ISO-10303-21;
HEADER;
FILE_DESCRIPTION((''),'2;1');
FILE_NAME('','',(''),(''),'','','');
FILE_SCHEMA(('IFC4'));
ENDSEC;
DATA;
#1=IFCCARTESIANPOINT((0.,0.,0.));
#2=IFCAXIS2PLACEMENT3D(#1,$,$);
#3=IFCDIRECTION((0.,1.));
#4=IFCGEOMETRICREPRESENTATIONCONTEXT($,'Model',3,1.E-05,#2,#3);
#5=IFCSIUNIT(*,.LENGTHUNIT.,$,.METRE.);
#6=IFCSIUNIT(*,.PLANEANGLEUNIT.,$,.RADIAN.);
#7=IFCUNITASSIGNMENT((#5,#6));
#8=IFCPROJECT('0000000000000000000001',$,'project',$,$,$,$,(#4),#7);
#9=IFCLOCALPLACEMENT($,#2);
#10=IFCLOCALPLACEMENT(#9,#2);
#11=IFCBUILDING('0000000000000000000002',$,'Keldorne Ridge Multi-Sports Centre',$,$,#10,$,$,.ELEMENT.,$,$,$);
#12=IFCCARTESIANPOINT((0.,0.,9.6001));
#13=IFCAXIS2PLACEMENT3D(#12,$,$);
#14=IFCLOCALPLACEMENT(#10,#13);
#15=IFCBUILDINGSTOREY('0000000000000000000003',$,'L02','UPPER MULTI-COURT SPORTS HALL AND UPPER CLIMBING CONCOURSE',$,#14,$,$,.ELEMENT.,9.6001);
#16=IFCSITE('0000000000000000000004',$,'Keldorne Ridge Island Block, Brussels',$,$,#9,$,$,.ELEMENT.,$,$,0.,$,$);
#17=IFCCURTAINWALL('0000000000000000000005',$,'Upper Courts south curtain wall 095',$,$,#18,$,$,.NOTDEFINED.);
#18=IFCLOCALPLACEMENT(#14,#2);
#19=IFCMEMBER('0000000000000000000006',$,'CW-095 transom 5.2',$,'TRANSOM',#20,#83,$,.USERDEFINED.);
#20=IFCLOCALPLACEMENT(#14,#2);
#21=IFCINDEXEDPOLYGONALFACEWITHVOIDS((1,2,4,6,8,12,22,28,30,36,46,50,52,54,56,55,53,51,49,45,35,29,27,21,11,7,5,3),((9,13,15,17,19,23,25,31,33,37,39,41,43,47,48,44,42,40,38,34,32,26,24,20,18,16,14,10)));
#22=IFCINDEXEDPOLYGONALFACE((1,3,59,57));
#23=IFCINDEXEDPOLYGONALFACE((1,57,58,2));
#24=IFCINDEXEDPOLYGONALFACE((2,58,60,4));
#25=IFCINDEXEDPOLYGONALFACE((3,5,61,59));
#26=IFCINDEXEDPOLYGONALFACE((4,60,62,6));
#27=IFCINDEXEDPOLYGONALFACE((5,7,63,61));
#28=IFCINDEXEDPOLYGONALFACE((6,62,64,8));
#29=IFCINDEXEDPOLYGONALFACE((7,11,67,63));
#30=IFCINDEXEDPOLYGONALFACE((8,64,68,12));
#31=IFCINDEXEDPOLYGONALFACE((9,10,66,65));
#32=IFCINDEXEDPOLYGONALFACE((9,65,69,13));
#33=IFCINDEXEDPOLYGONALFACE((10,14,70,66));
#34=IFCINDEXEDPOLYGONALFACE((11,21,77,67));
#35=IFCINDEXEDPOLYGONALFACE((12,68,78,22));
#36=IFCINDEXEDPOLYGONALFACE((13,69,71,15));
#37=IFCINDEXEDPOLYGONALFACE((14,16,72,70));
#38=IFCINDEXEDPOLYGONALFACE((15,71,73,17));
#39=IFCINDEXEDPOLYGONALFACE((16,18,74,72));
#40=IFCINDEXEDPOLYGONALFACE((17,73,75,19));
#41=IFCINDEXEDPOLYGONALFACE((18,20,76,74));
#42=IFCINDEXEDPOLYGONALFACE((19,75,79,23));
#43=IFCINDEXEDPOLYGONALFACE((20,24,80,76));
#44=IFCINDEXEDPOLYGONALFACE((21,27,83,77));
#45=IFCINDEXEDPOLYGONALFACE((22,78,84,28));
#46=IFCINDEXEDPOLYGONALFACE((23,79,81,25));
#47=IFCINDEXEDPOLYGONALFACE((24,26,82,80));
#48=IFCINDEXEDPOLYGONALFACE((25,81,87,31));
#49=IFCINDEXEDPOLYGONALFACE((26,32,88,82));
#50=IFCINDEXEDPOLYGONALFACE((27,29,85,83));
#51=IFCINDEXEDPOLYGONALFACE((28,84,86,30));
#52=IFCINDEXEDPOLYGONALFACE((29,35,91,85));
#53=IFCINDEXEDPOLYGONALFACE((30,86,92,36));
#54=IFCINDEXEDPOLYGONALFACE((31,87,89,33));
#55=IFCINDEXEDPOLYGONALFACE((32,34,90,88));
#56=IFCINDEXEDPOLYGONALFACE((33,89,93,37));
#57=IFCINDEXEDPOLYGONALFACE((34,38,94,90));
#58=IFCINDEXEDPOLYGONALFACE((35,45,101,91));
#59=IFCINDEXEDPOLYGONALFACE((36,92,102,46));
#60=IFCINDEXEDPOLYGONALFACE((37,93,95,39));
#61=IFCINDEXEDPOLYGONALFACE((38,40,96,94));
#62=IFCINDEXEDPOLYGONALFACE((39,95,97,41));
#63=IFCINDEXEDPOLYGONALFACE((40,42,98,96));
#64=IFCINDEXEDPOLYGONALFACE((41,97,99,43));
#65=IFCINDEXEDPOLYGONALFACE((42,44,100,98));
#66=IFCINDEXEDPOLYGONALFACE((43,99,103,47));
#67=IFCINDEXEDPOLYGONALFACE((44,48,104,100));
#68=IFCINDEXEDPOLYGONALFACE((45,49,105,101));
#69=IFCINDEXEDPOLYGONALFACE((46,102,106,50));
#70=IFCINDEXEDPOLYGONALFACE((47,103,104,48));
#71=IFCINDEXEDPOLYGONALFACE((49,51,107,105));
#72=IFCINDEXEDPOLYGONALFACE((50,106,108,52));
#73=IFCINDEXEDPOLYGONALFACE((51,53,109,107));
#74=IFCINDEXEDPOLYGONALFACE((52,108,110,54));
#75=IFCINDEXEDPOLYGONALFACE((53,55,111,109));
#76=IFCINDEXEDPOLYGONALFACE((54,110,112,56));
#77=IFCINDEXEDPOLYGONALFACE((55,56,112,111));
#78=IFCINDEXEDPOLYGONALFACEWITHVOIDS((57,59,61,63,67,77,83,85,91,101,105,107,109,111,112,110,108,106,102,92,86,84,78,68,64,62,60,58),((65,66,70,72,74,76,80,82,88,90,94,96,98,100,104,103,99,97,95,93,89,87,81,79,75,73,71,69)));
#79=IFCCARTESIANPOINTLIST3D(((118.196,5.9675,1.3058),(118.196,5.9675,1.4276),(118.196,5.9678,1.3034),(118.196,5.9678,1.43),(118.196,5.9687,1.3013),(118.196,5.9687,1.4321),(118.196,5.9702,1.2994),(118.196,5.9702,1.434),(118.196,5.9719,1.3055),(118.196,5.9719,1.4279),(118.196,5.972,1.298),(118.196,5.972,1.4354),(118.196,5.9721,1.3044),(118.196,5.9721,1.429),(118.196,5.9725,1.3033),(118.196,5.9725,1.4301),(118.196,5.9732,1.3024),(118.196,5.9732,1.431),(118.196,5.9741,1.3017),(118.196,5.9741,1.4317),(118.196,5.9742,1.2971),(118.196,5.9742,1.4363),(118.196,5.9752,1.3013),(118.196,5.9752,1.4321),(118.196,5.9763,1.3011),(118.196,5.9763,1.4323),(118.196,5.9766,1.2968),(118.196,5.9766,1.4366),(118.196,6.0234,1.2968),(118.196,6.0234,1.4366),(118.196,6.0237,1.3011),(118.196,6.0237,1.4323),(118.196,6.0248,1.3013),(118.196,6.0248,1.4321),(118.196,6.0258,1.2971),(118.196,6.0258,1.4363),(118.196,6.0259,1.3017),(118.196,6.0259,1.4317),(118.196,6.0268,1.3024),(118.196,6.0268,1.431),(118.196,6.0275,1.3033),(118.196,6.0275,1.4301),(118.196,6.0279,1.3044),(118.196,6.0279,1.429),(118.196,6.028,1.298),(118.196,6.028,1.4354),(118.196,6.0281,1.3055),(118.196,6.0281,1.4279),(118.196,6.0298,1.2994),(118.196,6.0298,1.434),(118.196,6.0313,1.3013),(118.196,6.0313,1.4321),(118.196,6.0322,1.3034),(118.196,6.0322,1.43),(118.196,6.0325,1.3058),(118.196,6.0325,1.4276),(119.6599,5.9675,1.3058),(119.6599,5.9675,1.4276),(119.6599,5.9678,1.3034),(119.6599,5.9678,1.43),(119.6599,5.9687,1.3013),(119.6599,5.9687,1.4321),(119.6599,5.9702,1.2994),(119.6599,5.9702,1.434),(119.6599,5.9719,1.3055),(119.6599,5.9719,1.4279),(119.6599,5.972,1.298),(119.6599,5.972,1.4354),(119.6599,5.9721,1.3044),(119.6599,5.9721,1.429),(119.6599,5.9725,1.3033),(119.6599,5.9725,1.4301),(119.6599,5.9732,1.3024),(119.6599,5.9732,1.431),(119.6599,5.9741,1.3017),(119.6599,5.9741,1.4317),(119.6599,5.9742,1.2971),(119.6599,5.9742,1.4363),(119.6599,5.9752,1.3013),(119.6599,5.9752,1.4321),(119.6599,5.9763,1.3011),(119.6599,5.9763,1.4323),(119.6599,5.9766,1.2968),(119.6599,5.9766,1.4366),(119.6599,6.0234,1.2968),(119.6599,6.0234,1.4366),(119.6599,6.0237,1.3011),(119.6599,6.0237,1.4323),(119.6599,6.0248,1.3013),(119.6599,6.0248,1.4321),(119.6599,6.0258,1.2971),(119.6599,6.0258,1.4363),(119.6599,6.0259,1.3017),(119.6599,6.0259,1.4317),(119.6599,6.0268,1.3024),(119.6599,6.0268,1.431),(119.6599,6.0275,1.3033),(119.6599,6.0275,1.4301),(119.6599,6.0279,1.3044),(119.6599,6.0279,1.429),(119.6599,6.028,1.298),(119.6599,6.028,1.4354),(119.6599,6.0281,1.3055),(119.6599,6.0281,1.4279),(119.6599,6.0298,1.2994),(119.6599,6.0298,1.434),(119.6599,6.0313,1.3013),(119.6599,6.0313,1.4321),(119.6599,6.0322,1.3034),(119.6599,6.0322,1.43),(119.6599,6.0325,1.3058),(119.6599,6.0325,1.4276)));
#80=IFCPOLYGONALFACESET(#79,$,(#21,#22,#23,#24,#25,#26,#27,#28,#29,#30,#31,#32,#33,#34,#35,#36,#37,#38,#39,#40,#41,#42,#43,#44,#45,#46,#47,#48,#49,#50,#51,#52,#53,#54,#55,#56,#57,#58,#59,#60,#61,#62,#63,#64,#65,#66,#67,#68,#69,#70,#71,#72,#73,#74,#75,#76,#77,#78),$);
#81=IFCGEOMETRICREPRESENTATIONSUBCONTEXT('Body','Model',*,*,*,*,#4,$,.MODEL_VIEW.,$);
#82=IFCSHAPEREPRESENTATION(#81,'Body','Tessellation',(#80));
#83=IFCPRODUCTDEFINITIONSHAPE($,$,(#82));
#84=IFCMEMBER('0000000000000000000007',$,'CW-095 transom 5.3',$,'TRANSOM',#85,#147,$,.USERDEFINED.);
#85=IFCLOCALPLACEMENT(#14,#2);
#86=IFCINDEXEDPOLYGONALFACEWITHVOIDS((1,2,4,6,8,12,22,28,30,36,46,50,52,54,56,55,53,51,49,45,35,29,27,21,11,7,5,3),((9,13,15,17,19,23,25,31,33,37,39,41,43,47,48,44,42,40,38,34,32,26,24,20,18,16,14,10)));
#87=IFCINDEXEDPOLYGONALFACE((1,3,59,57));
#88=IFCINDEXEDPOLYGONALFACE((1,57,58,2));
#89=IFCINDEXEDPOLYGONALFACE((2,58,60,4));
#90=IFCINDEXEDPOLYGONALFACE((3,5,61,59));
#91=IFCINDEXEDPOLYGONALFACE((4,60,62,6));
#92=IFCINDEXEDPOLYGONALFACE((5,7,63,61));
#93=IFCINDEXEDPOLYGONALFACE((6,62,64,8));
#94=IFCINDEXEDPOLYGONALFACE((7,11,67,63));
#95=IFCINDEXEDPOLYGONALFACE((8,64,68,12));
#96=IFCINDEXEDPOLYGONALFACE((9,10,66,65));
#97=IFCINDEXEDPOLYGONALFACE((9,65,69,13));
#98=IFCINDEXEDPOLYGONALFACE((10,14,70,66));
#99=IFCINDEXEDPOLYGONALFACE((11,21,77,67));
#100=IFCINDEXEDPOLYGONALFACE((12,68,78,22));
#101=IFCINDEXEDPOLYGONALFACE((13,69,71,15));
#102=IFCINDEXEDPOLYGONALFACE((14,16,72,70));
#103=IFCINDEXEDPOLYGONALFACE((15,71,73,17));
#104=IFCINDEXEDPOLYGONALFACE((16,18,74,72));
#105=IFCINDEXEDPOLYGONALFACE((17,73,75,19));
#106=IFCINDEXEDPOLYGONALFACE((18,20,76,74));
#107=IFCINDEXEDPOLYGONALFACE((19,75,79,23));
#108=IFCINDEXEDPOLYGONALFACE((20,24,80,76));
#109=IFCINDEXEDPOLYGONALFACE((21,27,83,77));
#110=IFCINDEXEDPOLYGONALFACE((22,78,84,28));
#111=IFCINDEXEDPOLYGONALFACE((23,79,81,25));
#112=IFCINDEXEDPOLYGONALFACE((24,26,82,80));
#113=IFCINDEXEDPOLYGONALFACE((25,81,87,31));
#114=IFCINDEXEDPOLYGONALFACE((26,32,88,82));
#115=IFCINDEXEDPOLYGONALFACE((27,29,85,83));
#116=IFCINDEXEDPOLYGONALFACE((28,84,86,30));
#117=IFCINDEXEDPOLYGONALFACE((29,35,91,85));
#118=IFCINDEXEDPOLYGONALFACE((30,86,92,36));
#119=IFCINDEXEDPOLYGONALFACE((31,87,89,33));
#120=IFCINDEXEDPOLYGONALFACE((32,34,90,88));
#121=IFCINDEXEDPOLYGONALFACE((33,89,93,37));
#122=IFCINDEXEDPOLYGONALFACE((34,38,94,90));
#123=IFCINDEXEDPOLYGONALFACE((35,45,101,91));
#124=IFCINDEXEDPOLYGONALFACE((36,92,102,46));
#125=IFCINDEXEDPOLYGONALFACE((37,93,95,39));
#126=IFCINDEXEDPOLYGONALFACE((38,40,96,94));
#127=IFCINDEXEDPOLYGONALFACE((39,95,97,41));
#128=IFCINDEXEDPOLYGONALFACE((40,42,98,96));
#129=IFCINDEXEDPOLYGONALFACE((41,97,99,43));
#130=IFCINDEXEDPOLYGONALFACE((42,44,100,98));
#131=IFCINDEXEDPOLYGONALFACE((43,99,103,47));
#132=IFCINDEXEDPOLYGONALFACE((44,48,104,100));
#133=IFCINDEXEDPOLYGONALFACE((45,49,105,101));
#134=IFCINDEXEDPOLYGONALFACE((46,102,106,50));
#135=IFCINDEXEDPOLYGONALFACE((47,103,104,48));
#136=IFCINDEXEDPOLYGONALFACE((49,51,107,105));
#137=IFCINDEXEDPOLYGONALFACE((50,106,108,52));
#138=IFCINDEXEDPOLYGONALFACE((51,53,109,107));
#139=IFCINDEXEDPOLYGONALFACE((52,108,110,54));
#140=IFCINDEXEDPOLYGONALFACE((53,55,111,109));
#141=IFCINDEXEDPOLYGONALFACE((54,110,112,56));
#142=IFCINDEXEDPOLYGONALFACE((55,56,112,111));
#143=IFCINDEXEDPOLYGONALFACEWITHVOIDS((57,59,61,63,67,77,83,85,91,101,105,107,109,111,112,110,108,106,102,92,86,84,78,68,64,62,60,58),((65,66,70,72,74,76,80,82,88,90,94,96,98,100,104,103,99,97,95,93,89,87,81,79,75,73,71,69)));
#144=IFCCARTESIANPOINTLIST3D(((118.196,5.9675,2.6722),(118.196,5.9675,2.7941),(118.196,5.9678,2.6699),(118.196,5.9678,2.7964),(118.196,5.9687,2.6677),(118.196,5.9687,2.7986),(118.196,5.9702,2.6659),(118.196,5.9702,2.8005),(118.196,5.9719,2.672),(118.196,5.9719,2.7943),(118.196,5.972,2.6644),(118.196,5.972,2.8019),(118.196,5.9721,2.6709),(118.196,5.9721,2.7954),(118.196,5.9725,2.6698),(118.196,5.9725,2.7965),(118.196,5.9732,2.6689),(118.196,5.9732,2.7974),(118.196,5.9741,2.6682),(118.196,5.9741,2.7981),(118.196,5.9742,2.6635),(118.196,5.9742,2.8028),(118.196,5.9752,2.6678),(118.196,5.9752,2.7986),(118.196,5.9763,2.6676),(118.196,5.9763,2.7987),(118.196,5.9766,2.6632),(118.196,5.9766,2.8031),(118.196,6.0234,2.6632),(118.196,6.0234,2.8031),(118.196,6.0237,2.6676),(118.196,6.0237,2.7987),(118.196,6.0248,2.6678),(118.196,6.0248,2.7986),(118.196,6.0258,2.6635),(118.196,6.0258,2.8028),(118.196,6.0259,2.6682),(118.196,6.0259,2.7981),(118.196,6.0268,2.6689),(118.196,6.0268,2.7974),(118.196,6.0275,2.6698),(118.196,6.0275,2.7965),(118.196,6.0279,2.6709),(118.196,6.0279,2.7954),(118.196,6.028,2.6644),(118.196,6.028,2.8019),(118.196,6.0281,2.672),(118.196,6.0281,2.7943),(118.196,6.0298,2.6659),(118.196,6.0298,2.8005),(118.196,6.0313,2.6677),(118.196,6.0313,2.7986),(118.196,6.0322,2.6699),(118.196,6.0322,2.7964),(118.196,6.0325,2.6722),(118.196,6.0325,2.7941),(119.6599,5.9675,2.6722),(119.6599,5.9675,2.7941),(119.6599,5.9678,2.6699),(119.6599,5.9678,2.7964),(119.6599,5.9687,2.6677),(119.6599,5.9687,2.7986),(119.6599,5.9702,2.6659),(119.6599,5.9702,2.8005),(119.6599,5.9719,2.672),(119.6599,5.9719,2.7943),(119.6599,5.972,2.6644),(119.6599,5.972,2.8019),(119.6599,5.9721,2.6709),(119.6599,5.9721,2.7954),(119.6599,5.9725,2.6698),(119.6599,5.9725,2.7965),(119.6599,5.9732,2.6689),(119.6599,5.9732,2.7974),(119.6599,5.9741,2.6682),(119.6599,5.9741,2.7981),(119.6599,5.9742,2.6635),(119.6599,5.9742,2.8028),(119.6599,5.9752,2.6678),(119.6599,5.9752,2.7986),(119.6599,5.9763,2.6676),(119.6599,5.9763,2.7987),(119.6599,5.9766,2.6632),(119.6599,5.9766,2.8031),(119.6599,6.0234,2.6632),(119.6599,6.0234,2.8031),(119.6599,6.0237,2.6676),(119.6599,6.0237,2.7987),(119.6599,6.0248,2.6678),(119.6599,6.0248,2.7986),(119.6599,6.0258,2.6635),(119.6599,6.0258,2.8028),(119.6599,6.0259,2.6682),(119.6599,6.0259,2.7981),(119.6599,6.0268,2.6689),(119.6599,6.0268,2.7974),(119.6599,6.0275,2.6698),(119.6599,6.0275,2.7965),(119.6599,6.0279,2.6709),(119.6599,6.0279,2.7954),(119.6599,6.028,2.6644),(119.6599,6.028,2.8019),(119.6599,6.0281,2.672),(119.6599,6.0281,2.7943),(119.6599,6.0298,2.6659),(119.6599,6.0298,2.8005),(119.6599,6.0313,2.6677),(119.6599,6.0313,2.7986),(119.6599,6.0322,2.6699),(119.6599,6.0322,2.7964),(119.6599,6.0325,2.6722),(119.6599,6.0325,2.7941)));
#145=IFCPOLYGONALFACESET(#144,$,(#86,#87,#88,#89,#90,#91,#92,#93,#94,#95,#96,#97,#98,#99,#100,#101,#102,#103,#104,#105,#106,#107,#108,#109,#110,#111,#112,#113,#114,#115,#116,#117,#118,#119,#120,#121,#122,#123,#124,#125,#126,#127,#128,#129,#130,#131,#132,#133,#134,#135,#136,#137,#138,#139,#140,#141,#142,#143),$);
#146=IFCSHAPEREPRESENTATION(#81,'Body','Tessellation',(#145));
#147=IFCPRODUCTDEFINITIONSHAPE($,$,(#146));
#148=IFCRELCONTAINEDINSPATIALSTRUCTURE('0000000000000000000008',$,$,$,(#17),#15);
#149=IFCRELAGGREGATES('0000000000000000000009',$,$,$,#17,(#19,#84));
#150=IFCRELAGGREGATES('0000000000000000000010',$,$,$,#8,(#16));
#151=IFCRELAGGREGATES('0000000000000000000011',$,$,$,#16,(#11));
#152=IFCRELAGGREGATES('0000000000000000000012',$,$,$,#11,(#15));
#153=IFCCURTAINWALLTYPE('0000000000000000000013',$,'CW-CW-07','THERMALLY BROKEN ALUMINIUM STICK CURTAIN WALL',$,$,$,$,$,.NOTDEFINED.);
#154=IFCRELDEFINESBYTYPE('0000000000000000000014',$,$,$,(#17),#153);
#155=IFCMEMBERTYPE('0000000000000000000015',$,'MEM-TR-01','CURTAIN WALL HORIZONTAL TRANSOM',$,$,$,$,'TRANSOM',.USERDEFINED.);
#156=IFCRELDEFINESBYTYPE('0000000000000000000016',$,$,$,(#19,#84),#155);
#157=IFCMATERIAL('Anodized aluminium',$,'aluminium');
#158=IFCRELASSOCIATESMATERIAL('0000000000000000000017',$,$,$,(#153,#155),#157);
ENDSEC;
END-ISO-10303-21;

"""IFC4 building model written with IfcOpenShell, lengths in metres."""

from ifc_helpers import new_model, si_unit, direction, frame, origin, origin_2d, place, context, subcontext, project, spatial, hollow_rectangle, extrude, material, material_profile, profile_set, type_object, element, aggregate, save


model = new_model("IFC4")

# Units and contexts
model_context = context("Model", 3, precision=1e-05, world=origin(), true_north=direction((0.0, 1.0)))
body_context = subcontext(model_context, "Body", "Model", "MODEL_VIEW")
ifc_project = project(units=[si_unit("LENGTHUNIT", "METRE"), si_unit("PLANEANGLEUNIT", "RADIAN")], contexts=[model_context])

# Site, building, storey
site_placement = place(None, origin())
site = spatial("IfcSite", under=ifc_project, at=site_placement, Name="Keldorne Ridge Island Block, Brussels", CompositionType="ELEMENT", RefElevation=0.0)
building_placement = place(site_placement, origin())
building = spatial("IfcBuilding", under=site, at=building_placement, Name="Keldorne Ridge Multi-Sports Centre", CompositionType="ELEMENT")
storey_placement = place(building_placement, frame((0.0, 0.0, 9.6001)))
storey = spatial("IfcBuildingStorey", under=building, at=storey_placement, Name="L02", Description="UPPER MULTI-COURT SPORTS HALL AND UPPER CLIMBING CONCOURSE", CompositionType="ELEMENT", Elevation=9.6001)

# Curtain wall
ifc_material_1 = material(Name="Anodized aluminium", Category="aluminium")
curtain_wall_type_1 = type_object("IfcCurtainWallType", Name="CW-CW-07", Description="THERMALLY BROKEN ALUMINIUM STICK CURTAIN WALL", PredefinedType="NOTDEFINED", material=ifc_material_1)
curtain_wall_1_placement = place(storey_placement, origin())
curtain_wall_1 = element("IfcCurtainWall", 1, at=curtain_wall_1_placement, inside=storey, type_object=curtain_wall_type_1, Name="Upper Courts south curtain wall 095", PredefinedType="NOTDEFINED")

# Members
ifc_material_profile_1 = material_profile(ifc_material_1, hollow_rectangle(XDim=0.0649, YDim=0.1399, WallThickness=0.0044, InnerFilletRadius=0.0044, OuterFilletRadius=0.009, at=origin_2d()), Name="ALU TRANSOM 140x65x4.5")
ifc_profile_set_1 = profile_set([ifc_material_profile_1], Name="Anodized aluminium")
member_type_1 = type_object("IfcMemberType", Name="MEM-TR-01", Description="CURTAIN WALL HORIZONTAL TRANSOM", ElementType="TRANSOM", PredefinedType="USERDEFINED", material=ifc_profile_set_1)
member_1_placement = place(storey_placement, frame((118.196, 6.0, 1.3667), z_axis=(1.0, 0.0, 0.0), x_axis=(0.0, 1.0, 0.0)))
member_1 = element("IfcMember", 2, at=member_1_placement, type_object=member_type_1, Name="CW-095 transom 5.2", ObjectType="TRANSOM", PredefinedType="USERDEFINED", context=body_context, shape_type="SweptSolid", body=[
    extrude(hollow_rectangle(XDim=0.0649, YDim=0.1399, WallThickness=0.0044, InnerFilletRadius=0.0044, OuterFilletRadius=0.009, at=origin_2d()), origin(), (0.0, 0.0, 1.0), 1.4639),
])
member_2_placement = place(storey_placement, frame((118.196, 6.0, 2.7332), z_axis=(1.0, 0.0, 0.0), x_axis=(0.0, 1.0, 0.0)))
member_2 = element("IfcMember", 3, at=member_2_placement, type_object=member_type_1, Name="CW-095 transom 5.3", ObjectType="TRANSOM", PredefinedType="USERDEFINED", context=body_context, shape_type="SweptSolid", body=[
    extrude(hollow_rectangle(XDim=0.0649, YDim=0.1399, WallThickness=0.0044, InnerFilletRadius=0.0044, OuterFilletRadius=0.009, at=origin_2d()), origin(), (0.0, 0.0, 1.0), 1.4639),
])

aggregate(curtain_wall_1, [member_1, member_2])

save(model, "model.ifc")
